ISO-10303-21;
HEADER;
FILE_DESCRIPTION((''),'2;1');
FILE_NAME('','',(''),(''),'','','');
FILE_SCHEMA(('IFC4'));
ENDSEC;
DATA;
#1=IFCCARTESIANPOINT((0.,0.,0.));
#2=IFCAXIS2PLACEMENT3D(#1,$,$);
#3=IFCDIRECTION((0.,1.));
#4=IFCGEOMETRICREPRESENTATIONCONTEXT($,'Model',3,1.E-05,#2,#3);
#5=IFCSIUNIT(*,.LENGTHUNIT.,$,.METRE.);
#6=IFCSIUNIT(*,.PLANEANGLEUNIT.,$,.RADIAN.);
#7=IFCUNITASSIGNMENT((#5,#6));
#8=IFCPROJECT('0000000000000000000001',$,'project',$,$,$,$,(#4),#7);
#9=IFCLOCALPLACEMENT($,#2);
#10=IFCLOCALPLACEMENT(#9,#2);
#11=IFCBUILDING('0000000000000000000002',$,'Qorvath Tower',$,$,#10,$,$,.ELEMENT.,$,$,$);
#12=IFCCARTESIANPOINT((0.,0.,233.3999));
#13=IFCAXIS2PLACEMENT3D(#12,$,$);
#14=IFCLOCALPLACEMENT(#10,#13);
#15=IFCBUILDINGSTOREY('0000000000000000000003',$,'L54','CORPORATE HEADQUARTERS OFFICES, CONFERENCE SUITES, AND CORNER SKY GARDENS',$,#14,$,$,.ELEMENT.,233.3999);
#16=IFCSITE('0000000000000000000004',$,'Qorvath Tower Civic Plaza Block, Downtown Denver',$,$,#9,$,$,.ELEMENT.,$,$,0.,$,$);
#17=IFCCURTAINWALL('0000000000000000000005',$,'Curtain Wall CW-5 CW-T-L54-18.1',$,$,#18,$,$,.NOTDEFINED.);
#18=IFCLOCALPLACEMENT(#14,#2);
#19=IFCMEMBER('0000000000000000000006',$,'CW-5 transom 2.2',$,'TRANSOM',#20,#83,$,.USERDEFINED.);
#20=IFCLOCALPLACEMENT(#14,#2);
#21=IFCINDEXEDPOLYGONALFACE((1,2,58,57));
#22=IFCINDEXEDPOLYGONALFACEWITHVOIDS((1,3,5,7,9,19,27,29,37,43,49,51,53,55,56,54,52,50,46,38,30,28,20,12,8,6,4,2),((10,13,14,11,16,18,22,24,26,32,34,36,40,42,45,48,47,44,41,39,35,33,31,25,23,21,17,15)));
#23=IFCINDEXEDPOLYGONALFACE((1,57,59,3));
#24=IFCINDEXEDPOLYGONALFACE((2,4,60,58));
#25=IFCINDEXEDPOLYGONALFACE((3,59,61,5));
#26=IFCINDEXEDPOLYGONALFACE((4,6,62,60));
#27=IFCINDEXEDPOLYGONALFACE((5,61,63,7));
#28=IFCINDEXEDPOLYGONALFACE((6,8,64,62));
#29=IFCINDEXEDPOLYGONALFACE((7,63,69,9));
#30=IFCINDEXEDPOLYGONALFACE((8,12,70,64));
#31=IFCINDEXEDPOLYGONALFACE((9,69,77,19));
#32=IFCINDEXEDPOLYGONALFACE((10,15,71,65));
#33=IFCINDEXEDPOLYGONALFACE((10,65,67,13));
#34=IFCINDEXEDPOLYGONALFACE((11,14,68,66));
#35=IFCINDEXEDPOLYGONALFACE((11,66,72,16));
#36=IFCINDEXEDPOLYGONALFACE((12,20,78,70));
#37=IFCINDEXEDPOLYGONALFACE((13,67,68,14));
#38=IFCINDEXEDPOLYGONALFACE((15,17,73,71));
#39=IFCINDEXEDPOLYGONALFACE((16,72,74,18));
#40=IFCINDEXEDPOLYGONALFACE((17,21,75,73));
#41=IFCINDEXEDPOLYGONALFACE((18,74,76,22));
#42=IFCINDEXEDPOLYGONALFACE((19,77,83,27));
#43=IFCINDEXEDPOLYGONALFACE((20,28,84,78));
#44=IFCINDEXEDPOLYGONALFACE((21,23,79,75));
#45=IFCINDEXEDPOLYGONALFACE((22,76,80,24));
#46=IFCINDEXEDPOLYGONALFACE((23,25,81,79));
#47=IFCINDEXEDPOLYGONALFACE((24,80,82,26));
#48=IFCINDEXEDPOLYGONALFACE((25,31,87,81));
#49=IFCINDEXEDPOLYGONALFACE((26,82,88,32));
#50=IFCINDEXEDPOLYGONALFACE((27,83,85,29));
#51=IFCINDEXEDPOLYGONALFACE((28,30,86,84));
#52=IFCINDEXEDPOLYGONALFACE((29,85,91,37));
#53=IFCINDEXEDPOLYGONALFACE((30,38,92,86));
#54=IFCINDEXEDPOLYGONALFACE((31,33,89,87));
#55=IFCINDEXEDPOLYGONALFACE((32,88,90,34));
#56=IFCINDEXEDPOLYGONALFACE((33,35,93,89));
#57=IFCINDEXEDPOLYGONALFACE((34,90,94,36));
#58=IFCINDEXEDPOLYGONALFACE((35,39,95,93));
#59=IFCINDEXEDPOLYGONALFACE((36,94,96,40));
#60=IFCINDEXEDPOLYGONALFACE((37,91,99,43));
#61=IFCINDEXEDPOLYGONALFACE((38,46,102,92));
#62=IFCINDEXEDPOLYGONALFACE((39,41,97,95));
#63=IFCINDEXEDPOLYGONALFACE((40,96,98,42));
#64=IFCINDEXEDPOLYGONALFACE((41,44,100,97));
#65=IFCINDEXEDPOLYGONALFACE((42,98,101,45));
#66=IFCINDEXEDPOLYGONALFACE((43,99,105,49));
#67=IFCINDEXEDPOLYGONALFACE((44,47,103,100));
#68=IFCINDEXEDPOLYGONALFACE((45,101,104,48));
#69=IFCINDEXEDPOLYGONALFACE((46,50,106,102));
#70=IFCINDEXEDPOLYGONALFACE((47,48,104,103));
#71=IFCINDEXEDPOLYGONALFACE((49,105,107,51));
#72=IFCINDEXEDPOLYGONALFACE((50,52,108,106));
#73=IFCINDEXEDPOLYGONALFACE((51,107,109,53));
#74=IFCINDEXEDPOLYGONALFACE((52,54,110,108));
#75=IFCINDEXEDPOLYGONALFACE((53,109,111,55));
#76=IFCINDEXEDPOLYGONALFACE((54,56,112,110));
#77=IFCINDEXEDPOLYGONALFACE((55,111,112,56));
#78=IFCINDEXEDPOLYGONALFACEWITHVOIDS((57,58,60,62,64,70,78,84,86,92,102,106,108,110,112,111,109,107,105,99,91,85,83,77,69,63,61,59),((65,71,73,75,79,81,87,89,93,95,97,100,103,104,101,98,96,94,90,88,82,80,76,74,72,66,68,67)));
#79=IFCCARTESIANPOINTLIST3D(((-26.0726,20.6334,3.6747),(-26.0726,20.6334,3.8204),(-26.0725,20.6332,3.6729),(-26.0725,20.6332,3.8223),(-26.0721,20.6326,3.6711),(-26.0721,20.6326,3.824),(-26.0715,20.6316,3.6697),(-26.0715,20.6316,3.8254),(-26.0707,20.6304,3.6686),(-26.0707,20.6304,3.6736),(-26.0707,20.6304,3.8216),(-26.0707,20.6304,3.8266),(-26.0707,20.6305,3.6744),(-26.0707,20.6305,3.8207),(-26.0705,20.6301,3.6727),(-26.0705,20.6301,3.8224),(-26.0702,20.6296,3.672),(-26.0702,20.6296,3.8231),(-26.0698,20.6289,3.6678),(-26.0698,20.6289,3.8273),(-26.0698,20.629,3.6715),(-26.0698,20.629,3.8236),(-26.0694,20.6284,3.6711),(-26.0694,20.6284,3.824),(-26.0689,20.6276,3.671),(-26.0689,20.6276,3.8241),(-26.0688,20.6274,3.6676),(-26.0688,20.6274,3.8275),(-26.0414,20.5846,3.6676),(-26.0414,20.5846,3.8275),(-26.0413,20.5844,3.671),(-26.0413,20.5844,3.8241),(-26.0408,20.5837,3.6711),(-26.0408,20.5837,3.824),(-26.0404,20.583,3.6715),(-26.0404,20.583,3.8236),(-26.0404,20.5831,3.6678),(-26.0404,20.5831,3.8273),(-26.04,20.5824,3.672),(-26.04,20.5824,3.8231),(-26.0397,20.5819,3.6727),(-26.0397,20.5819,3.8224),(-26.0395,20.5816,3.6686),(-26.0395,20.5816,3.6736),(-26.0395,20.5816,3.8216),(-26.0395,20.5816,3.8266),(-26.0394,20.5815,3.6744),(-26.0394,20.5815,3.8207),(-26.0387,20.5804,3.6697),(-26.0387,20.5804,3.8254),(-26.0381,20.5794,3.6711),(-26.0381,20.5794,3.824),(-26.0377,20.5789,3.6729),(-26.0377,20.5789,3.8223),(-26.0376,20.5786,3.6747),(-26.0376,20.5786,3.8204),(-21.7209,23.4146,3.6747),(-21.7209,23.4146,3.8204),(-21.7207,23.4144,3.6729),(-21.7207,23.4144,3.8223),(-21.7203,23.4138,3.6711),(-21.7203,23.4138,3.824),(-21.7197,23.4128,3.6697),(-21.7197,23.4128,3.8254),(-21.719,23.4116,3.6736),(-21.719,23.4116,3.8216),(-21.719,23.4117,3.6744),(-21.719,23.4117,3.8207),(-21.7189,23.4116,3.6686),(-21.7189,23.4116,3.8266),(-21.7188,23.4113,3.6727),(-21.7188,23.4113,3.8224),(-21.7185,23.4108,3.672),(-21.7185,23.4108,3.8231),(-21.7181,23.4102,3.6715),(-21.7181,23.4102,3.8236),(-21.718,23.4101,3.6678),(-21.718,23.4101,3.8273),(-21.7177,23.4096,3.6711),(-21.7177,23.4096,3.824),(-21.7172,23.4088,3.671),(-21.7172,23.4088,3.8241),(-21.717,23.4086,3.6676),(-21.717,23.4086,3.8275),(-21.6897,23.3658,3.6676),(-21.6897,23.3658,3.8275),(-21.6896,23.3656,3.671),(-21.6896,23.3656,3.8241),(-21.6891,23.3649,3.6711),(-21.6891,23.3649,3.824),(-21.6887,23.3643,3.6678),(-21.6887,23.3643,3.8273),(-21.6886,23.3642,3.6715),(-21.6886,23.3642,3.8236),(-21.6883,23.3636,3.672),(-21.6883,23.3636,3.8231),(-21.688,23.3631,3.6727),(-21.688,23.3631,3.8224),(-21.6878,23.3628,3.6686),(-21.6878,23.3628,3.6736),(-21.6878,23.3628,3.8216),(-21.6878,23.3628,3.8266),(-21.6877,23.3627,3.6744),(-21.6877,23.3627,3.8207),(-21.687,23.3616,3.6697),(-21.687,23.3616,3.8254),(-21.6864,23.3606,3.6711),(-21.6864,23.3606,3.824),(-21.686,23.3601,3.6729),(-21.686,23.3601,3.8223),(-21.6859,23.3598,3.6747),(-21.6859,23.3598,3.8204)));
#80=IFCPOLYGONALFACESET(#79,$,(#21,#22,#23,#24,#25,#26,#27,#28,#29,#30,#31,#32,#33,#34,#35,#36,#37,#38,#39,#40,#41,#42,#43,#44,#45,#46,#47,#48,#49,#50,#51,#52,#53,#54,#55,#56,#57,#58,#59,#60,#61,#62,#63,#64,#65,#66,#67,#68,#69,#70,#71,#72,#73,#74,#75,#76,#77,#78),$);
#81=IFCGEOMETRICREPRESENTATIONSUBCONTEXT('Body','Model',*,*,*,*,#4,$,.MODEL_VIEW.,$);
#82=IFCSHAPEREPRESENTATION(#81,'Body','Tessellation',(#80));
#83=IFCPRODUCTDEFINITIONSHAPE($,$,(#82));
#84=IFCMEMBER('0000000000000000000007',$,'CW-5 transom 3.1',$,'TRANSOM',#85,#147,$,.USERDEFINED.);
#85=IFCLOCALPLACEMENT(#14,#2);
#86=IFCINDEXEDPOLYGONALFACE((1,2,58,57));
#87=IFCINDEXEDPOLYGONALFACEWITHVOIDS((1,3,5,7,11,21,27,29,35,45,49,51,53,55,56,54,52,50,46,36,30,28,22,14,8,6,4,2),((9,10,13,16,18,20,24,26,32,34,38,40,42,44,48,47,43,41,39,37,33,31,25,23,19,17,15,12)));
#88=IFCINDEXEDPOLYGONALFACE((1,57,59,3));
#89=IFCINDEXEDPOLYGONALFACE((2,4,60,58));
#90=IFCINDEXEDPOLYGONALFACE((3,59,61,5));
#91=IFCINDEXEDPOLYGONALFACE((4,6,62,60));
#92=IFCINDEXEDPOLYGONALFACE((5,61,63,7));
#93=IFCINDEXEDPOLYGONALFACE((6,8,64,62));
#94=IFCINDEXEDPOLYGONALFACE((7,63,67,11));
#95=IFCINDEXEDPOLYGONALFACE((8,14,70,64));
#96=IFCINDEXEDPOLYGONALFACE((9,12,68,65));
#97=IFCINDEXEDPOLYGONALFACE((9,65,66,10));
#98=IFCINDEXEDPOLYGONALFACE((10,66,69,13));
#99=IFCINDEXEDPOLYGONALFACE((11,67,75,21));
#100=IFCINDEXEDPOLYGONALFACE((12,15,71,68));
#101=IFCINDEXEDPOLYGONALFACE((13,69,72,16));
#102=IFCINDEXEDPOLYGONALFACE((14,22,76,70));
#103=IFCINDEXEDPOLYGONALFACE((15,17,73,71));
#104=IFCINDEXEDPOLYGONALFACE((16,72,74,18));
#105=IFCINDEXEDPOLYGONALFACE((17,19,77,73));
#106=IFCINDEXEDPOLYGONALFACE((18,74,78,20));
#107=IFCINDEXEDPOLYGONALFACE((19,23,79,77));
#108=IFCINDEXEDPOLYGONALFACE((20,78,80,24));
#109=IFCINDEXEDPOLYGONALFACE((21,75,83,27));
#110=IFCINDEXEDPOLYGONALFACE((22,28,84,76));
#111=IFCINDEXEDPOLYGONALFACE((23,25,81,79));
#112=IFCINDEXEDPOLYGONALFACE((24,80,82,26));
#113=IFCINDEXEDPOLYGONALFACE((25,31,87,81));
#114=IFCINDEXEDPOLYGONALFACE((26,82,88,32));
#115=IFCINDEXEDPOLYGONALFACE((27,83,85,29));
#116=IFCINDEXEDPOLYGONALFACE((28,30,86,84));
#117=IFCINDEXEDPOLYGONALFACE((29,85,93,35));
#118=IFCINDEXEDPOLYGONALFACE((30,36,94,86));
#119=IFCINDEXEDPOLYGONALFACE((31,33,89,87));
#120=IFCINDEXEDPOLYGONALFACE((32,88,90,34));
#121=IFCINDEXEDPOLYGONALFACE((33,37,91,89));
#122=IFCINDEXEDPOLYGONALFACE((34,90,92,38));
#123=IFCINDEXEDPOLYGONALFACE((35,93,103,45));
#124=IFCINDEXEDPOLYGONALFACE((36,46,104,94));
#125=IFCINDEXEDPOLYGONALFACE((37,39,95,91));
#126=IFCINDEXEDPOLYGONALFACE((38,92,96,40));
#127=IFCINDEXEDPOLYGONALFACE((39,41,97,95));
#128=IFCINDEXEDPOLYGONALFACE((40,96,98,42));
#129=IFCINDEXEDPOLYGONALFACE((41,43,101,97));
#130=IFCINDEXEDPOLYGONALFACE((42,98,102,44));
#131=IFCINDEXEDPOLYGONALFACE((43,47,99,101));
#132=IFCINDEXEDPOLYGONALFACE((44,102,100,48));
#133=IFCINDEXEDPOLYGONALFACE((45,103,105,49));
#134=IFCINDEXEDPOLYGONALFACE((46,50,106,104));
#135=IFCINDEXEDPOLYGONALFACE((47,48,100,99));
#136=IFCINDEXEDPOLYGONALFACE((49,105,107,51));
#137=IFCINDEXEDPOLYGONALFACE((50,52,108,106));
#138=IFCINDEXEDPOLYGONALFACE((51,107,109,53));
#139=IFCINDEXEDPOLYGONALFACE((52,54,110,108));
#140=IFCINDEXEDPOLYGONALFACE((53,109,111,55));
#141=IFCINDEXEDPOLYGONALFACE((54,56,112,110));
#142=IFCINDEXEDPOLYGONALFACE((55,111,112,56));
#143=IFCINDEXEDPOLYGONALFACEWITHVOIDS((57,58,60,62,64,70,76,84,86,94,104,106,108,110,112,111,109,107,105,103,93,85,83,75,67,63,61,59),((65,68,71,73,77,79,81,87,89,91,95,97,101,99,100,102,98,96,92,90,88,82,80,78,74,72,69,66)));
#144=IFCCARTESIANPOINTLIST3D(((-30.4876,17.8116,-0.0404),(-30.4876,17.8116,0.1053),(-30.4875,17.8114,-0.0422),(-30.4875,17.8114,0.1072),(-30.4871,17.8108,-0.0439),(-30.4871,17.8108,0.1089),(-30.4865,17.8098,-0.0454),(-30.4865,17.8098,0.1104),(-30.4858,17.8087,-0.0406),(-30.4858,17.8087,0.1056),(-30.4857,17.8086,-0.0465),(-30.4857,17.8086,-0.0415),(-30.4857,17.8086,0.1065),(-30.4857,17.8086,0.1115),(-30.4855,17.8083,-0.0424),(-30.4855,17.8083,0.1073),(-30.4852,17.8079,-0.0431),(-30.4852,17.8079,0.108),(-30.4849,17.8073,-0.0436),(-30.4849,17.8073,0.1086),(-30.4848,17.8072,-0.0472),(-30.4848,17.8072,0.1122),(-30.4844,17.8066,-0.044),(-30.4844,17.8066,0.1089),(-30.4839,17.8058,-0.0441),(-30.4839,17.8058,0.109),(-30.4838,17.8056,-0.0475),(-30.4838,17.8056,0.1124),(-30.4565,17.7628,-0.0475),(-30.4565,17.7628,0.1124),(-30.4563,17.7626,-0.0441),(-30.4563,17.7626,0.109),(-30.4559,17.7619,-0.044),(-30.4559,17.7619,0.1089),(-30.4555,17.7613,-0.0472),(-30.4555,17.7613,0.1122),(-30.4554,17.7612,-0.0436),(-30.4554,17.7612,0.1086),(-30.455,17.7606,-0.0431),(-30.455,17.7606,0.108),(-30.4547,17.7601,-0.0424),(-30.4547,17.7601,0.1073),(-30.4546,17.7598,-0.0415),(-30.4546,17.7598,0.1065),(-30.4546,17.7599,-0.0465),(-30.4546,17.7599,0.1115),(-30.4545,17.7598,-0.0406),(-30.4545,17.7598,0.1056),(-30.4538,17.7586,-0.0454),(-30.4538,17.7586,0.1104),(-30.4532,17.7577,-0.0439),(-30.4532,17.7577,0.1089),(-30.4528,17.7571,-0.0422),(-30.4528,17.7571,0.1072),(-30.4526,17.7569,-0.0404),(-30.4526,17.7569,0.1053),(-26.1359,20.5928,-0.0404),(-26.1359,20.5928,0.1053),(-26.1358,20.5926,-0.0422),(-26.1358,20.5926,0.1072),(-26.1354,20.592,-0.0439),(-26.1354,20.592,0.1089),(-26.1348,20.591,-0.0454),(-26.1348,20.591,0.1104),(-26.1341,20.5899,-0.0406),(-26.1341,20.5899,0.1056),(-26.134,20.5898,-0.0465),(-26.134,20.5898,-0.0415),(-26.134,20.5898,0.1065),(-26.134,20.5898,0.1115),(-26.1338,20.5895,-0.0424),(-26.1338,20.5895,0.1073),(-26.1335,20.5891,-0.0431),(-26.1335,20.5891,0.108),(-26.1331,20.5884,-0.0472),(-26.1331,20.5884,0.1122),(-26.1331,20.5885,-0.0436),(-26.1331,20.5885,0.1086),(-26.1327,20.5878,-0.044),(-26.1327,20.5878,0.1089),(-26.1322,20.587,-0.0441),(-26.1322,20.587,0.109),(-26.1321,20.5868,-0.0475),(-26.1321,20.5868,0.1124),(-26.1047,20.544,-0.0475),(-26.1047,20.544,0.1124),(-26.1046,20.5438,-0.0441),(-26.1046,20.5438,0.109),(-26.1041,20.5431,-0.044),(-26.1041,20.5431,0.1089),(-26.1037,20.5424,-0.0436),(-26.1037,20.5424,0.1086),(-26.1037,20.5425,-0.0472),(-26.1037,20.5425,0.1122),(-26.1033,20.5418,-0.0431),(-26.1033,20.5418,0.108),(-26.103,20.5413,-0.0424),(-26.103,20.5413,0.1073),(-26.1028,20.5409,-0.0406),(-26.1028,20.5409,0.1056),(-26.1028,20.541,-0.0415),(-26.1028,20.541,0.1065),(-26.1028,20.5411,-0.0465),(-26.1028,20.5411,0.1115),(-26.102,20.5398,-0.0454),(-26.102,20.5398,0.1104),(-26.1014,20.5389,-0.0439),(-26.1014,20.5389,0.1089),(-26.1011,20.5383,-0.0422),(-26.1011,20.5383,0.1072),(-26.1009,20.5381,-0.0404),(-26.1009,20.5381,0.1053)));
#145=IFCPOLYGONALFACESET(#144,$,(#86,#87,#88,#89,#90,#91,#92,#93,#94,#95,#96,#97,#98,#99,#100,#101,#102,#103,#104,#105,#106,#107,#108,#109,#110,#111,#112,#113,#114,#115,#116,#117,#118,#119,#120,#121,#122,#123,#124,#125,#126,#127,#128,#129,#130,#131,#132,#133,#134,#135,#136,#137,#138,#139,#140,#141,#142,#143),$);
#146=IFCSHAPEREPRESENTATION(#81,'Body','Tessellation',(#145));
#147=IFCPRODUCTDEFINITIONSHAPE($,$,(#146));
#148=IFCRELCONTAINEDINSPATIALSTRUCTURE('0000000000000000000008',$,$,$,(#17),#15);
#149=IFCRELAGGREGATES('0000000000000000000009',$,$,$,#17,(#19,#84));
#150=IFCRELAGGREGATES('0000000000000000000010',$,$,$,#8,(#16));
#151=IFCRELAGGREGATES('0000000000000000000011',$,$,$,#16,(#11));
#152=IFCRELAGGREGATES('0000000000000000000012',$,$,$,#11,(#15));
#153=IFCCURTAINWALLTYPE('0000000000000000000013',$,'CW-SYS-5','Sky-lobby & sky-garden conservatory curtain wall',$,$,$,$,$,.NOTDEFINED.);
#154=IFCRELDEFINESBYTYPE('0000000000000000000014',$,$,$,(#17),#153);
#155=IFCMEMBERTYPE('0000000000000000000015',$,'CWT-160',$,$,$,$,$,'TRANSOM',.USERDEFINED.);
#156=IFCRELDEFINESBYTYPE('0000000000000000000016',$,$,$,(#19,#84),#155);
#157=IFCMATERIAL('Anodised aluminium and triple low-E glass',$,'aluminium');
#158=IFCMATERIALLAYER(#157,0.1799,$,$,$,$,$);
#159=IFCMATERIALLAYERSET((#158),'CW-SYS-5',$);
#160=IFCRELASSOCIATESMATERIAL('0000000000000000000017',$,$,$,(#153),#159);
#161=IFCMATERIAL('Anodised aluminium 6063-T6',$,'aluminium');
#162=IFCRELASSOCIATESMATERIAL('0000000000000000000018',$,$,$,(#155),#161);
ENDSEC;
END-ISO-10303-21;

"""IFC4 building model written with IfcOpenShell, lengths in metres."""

from ifc_helpers import new_model, si_unit, direction, frame, origin, origin_2d, place, context, subcontext, project, spatial, hollow_rectangle, extrude, material, layer, layer_set, material_profile, profile_set, type_object, element, aggregate, save


model = new_model("IFC4")

# Units and contexts
model_context = context("Model", 3, precision=1e-05, world=origin(), true_north=direction((0.0, 1.0)))
body_context = subcontext(model_context, "Body", "Model", "MODEL_VIEW")
ifc_project = project(units=[si_unit("LENGTHUNIT", "METRE"), si_unit("PLANEANGLEUNIT", "RADIAN")], contexts=[model_context])

# Site, building, storey
site_placement = place(None, origin())
site = spatial("IfcSite", under=ifc_project, at=site_placement, Name="Qorvath Tower Civic Plaza Block, Downtown Denver", CompositionType="ELEMENT", RefElevation=0.0)
building_placement = place(site_placement, origin())
building = spatial("IfcBuilding", under=site, at=building_placement, Name="Qorvath Tower", CompositionType="ELEMENT")
storey_placement = place(building_placement, frame((0.0, 0.0, 233.3999)))
storey = spatial("IfcBuildingStorey", under=building, at=storey_placement, Name="L54", Description="CORPORATE HEADQUARTERS OFFICES, CONFERENCE SUITES, AND CORNER SKY GARDENS", CompositionType="ELEMENT", Elevation=233.3999)

# Curtain wall, members
ifc_material_1 = material(Name="Anodised aluminium and triple low-E glass", Category="aluminium")
ifc_layer_1 = layer(ifc_material_1, 0.1799)
ifc_layer_set_1 = layer_set([ifc_layer_1], Name="CW-SYS-5")
curtain_wall_type = type_object("IfcCurtainWallType", Name="CW-SYS-5", Description="Sky-lobby & sky-garden conservatory curtain wall", PredefinedType="NOTDEFINED", material=ifc_layer_set_1)
curtain_wall_placement = place(storey_placement, origin())
curtain_wall = element("IfcCurtainWall", 1, at=curtain_wall_placement, inside=storey, type_object=curtain_wall_type, Name="Curtain Wall CW-5 CW-T-L54-18.1", PredefinedType="NOTDEFINED")
ifc_material_2 = material(Name="Anodised aluminium 6063-T6", Category="aluminium")
ifc_material_profile_1 = material_profile(ifc_material_2, hollow_rectangle(XDim=0.0649, YDim=0.1599, WallThickness=0.0034, InnerFilletRadius=0.0034, OuterFilletRadius=0.0071, at=origin_2d()), Name="CWT 160x65")
ifc_profile_set_1 = profile_set([ifc_material_profile_1], Name="Anodised aluminium 6063-T6")
member_type_1 = type_object("IfcMemberType", Name="CWT-160", ElementType="TRANSOM", PredefinedType="USERDEFINED", material=ifc_profile_set_1)
member_1_placement = place(storey_placement, frame((-21.7034, 23.3872, 3.7476), z_axis=(-0.842615, -0.538517, 0.0), x_axis=(0.538517, -0.842615, 0.0)))
member_1 = element("IfcMember", 2, at=member_1_placement, type_object=member_type_1, Name="CW-5 transom 2.2", ObjectType="TRANSOM", PredefinedType="USERDEFINED", context=body_context, shape_type="SweptSolid", body=[
    extrude(hollow_rectangle(XDim=0.0649, YDim=0.1599, WallThickness=0.0034, InnerFilletRadius=0.0034, OuterFilletRadius=0.0071, at=origin_2d()), origin(), (0.0, 0.0, 1.0), 5.1646),
])
member_2_placement = place(storey_placement, frame((-26.1184, 20.5654, 0.0325), z_axis=(-0.842615, -0.538517, 0.0), x_axis=(0.538517, -0.842615, 0.0)))
member_2 = element("IfcMember", 3, at=member_2_placement, type_object=member_type_1, Name="CW-5 transom 3.1", ObjectType="TRANSOM", PredefinedType="USERDEFINED", context=body_context, shape_type="SweptSolid", body=[
    extrude(hollow_rectangle(XDim=0.0649, YDim=0.1599, WallThickness=0.0034, InnerFilletRadius=0.0034, OuterFilletRadius=0.0071, at=origin_2d()), origin(), (0.0, 0.0, 1.0), 5.1646),
])
aggregate(curtain_wall, [member_1, member_2])

save(model, "model.ifc")
